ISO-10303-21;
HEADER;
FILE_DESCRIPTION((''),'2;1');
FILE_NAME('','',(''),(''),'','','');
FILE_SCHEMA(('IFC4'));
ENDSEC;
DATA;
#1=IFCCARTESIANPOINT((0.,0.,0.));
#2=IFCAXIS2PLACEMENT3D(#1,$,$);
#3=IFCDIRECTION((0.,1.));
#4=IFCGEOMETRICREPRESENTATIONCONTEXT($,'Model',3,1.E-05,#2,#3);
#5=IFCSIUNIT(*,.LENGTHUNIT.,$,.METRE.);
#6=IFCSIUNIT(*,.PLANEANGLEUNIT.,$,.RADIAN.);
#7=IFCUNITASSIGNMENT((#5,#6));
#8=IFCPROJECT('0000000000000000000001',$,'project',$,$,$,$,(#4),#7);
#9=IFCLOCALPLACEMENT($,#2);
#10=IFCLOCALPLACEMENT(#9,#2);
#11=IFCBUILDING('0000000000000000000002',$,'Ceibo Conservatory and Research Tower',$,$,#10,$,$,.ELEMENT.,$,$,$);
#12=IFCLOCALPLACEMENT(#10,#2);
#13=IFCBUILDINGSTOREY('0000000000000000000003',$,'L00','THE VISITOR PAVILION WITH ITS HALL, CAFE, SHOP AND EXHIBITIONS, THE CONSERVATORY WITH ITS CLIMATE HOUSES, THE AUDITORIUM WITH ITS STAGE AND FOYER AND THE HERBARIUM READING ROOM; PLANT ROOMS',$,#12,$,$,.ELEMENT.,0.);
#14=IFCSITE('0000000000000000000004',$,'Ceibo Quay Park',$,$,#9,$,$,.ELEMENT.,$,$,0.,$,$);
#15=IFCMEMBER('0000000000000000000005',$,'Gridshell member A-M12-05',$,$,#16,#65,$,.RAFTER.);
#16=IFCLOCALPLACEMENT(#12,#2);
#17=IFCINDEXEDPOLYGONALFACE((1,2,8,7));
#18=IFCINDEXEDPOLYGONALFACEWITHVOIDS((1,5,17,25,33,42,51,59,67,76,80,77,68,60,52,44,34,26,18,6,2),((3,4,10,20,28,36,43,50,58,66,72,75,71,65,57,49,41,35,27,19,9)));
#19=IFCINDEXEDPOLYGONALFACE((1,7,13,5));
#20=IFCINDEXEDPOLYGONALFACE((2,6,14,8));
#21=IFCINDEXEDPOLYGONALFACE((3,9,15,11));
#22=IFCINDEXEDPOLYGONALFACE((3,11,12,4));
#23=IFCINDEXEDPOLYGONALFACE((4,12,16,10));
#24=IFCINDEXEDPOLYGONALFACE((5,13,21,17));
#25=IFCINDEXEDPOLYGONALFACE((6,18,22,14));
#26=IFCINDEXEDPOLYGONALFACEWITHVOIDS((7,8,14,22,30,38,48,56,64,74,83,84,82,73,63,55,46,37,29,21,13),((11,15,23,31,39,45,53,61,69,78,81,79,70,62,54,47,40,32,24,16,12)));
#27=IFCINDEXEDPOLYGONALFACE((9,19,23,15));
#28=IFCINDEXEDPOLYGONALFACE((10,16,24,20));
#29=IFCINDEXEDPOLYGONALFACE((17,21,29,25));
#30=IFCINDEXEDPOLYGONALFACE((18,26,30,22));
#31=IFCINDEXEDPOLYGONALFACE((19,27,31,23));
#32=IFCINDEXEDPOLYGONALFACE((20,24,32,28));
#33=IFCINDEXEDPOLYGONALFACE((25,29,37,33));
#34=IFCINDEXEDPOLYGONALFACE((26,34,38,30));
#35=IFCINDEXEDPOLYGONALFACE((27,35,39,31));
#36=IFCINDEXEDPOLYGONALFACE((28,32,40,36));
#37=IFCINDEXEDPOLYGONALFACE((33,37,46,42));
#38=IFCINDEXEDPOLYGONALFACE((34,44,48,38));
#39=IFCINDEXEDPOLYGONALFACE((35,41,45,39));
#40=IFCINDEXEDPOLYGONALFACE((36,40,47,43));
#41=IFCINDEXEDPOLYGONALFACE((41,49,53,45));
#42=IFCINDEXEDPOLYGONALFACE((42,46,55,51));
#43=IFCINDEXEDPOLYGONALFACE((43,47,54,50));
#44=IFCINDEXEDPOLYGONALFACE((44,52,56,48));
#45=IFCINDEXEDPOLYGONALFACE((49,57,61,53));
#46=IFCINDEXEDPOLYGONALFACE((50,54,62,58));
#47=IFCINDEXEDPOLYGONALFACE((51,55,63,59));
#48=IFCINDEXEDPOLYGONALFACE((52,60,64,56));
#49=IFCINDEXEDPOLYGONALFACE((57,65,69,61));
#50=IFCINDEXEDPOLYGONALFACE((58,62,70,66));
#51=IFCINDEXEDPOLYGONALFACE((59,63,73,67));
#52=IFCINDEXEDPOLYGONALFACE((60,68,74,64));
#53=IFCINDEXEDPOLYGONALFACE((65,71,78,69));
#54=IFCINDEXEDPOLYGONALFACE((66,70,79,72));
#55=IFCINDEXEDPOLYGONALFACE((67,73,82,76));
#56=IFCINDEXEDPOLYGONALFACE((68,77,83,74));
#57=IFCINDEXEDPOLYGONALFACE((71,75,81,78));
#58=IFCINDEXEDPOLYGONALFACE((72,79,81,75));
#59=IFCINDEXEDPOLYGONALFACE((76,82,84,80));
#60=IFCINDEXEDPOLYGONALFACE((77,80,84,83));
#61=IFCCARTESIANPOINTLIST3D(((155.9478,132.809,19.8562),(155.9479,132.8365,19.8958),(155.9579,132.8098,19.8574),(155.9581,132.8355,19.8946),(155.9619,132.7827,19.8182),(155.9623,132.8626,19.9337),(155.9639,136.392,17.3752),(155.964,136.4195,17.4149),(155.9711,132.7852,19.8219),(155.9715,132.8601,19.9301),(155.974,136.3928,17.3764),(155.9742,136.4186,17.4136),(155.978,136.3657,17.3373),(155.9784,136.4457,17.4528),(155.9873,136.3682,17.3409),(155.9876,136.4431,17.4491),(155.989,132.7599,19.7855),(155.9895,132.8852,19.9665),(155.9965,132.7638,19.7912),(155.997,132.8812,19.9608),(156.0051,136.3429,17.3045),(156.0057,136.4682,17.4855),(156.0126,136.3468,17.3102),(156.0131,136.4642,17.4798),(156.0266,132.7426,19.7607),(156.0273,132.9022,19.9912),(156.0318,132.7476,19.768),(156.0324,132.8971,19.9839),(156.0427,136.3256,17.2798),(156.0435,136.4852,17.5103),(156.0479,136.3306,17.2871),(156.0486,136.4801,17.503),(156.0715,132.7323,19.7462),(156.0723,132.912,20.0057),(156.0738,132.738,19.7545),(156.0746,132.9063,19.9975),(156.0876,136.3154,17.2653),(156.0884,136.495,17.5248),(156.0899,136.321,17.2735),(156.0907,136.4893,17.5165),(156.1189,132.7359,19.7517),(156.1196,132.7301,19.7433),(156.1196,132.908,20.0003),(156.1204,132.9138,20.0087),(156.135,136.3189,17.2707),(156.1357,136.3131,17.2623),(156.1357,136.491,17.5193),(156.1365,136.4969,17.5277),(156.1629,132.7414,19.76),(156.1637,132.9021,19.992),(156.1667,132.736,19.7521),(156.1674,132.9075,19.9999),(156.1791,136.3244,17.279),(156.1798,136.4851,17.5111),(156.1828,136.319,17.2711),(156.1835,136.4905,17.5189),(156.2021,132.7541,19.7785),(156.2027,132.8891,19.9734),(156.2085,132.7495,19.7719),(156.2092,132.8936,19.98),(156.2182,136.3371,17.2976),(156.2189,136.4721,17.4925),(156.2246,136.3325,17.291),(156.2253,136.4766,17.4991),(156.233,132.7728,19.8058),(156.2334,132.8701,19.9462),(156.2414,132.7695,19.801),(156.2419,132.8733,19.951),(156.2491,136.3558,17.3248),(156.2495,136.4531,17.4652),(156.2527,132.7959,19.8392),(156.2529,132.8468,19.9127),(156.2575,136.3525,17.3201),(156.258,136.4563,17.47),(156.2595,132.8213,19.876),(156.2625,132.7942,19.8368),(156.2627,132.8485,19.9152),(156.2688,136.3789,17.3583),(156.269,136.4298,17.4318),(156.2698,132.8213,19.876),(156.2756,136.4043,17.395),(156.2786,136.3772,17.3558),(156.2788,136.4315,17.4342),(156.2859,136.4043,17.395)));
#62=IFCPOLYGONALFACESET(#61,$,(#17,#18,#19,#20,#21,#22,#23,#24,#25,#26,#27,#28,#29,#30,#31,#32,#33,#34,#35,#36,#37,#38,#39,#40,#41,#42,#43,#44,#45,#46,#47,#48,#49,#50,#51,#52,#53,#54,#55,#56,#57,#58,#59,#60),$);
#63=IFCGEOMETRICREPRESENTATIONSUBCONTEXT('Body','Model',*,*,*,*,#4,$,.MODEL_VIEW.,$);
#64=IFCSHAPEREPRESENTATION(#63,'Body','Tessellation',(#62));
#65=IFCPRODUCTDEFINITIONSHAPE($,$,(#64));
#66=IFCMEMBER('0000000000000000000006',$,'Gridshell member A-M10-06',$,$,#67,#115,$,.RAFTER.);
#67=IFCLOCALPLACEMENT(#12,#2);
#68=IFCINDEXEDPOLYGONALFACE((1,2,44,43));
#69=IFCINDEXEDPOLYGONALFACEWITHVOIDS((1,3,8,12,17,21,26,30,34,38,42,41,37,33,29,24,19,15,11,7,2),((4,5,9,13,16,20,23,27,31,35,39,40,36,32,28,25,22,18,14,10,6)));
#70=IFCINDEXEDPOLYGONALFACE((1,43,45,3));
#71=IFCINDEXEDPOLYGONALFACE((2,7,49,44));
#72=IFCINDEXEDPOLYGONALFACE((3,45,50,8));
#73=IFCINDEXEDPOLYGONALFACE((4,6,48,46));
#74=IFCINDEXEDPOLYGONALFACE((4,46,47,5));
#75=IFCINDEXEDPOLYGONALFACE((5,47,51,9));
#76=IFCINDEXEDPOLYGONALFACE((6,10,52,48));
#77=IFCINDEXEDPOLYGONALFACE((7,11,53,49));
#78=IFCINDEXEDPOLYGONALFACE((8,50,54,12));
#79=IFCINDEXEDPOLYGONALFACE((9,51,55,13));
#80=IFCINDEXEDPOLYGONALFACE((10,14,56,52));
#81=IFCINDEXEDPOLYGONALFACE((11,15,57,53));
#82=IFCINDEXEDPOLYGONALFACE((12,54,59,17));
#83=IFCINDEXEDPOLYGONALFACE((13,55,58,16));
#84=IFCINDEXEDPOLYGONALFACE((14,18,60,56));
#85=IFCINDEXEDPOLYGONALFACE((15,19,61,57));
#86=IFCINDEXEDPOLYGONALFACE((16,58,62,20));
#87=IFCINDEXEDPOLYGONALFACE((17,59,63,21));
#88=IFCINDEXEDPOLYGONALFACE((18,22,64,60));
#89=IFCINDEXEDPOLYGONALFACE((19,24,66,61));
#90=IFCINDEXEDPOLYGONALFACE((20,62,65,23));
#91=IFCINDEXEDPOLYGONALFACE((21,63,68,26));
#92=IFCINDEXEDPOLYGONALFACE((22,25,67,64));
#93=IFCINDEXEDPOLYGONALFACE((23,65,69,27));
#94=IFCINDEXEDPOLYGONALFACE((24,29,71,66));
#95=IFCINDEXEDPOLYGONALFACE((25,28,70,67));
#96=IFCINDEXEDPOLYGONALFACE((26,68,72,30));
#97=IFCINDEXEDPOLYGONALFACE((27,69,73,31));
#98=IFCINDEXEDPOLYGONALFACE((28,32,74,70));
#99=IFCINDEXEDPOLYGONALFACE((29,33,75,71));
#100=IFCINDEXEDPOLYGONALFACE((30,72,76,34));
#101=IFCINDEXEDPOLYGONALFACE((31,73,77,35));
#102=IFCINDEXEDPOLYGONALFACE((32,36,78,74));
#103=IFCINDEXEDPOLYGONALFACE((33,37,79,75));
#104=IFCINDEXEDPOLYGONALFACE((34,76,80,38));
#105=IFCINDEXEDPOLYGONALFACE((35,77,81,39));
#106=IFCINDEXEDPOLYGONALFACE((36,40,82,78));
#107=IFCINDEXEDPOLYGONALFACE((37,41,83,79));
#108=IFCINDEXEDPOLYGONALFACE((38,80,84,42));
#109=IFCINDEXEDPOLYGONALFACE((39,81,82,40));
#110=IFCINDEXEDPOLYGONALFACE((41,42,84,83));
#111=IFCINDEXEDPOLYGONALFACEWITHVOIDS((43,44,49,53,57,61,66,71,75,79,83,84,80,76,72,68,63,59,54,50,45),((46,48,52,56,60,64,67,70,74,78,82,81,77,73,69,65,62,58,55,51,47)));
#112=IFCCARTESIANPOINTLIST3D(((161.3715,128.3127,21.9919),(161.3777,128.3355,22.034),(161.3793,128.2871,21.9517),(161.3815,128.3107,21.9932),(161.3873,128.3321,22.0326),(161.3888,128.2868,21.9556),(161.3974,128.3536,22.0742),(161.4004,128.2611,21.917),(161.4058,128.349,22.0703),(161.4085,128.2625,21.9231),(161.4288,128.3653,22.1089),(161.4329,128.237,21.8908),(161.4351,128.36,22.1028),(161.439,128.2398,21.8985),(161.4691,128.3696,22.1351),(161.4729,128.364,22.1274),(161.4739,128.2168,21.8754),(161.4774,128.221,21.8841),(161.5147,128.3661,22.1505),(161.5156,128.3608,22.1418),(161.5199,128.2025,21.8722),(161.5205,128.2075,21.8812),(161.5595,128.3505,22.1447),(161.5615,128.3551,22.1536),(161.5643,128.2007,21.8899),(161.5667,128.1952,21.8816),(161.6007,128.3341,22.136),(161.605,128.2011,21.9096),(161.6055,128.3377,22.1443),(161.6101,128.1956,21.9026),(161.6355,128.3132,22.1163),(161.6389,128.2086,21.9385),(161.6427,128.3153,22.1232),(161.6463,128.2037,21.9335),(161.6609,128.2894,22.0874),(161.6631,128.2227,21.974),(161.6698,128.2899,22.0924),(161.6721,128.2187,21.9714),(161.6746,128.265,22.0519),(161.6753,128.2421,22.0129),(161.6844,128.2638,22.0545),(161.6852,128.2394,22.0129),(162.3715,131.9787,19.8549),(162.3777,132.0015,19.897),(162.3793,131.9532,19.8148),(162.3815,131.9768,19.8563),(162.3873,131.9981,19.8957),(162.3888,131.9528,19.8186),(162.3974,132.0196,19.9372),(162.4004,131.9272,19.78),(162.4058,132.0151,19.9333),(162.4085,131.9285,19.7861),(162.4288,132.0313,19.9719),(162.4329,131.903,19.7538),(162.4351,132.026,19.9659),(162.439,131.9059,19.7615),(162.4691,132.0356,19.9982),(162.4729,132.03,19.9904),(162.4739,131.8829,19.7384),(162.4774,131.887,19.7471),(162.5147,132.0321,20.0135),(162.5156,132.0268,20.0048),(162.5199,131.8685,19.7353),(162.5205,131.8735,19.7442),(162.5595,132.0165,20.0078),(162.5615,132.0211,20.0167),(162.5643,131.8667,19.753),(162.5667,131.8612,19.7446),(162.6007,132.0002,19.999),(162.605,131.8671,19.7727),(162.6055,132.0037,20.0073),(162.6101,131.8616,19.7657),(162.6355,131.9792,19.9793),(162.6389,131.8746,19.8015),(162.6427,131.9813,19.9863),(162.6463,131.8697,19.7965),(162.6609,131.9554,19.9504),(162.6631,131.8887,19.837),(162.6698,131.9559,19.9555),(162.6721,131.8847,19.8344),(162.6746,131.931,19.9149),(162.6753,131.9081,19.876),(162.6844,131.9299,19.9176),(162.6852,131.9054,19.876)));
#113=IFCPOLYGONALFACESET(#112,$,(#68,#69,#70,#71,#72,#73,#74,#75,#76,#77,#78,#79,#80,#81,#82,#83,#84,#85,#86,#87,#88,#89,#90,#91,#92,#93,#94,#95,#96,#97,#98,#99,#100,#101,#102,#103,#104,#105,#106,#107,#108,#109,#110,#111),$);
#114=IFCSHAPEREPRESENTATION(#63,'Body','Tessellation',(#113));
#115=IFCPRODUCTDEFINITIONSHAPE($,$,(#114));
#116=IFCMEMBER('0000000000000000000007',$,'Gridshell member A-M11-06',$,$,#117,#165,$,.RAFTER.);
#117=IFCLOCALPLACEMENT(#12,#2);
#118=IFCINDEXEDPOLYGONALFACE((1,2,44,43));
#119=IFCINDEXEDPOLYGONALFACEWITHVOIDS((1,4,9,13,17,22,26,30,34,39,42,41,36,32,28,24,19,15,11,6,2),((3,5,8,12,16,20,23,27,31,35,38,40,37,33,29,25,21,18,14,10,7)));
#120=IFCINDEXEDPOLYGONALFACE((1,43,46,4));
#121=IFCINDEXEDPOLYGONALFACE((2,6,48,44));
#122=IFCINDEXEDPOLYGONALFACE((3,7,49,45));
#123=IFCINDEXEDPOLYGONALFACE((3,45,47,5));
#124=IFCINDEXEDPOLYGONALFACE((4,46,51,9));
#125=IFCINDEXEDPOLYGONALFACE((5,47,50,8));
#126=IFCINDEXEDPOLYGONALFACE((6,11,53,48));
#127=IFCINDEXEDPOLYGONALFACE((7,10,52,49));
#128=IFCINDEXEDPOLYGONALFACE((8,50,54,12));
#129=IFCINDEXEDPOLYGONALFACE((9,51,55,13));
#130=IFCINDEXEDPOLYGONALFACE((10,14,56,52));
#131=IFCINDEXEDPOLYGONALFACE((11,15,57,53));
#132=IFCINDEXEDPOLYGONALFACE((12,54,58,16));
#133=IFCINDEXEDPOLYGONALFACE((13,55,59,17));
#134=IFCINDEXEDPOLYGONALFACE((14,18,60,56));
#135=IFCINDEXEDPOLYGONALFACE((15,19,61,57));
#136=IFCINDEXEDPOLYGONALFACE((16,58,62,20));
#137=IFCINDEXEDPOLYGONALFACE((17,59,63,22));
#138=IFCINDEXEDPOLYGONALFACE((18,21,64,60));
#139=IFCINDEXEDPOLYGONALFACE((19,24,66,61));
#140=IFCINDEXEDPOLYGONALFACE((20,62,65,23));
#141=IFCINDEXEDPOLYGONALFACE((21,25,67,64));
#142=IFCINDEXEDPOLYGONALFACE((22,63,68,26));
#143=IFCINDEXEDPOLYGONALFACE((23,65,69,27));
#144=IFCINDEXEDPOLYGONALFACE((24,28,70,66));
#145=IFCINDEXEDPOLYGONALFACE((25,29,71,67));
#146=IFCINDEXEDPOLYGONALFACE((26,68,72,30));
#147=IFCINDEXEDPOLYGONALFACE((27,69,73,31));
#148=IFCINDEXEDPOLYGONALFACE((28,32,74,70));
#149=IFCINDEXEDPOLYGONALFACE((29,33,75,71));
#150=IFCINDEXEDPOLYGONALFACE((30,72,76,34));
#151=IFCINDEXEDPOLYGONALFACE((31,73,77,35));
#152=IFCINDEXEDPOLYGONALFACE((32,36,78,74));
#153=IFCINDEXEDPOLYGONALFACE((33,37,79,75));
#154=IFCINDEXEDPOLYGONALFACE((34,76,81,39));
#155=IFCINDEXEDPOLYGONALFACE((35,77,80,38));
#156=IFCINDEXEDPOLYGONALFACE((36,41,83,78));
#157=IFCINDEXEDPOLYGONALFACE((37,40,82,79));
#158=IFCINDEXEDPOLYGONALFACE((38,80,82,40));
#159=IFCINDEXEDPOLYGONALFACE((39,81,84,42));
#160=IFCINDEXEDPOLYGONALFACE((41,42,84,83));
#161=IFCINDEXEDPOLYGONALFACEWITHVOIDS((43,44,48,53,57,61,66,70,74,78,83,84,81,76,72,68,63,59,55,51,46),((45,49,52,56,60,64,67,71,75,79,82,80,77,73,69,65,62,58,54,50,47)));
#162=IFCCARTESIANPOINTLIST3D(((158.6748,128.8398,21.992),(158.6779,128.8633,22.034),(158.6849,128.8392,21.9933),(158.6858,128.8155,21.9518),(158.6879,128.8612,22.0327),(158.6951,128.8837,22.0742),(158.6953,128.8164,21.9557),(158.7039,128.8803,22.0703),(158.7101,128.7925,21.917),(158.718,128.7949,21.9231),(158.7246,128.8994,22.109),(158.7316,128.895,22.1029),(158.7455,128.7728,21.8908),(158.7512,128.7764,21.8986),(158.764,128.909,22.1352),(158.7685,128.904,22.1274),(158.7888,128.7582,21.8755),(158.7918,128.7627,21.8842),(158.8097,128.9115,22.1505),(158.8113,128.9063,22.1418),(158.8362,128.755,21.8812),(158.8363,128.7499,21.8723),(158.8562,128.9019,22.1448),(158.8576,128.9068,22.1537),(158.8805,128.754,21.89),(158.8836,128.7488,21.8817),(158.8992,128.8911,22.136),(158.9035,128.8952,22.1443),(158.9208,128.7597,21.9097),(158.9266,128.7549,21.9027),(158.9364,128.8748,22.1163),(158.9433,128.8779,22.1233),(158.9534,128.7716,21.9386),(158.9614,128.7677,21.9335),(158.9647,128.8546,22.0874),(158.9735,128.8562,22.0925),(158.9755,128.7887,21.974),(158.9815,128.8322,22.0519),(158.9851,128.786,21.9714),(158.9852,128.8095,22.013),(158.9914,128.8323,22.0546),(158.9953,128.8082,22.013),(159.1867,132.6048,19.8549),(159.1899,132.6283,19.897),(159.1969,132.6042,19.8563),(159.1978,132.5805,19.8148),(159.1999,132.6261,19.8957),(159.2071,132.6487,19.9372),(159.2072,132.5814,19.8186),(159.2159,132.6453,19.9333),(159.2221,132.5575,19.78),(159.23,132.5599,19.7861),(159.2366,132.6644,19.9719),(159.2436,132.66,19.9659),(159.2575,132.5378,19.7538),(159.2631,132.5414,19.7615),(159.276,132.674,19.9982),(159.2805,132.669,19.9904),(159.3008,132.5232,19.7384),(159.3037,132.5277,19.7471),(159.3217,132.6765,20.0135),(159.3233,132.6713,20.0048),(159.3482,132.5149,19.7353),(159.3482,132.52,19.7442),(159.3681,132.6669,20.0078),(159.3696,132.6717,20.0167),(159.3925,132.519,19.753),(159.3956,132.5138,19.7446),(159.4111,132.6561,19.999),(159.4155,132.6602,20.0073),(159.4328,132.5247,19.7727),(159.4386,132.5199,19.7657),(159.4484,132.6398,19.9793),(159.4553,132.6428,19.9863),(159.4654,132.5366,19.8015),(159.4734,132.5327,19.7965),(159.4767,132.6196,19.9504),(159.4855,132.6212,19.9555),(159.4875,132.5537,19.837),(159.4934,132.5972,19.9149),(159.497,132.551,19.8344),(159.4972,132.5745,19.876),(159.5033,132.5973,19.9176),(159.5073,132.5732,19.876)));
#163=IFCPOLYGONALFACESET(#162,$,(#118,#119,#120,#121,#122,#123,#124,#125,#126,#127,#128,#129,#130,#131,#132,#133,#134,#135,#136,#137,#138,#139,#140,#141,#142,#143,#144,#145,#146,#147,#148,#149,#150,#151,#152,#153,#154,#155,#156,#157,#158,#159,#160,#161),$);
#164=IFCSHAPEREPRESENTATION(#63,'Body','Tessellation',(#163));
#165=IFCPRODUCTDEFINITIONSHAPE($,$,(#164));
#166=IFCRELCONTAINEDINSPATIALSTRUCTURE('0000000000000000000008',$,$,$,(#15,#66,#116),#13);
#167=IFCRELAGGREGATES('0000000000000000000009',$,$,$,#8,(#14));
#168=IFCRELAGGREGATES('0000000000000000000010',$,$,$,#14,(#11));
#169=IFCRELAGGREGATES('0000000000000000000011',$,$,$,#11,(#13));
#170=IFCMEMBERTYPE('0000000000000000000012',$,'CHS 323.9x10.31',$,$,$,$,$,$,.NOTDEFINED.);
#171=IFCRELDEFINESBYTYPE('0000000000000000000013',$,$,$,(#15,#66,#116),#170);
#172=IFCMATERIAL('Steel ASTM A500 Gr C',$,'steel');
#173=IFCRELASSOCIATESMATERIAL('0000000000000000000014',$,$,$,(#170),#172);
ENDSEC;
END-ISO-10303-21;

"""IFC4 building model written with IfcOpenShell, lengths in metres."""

from ifc_helpers import new_model, si_unit, direction, frame, origin, origin_2d, place, context, subcontext, project, spatial, hollow_circle, extrude, material, material_profile, profile_set, type_object, element, save


model = new_model("IFC4")

# Units and contexts
model_context = context("Model", 3, precision=1e-05, world=origin(), true_north=direction((0.0, 1.0)))
body_context = subcontext(model_context, "Body", "Model", "MODEL_VIEW")
ifc_project = project(units=[si_unit("LENGTHUNIT", "METRE"), si_unit("PLANEANGLEUNIT", "RADIAN")], contexts=[model_context])

# Site, building, storey
site_placement = place(None, origin())
site = spatial("IfcSite", under=ifc_project, at=site_placement, Name="Ceibo Quay Park", CompositionType="ELEMENT", RefElevation=0.0)
building_placement = place(site_placement, origin())
building = spatial("IfcBuilding", under=site, at=building_placement, Name="Ceibo Conservatory and Research Tower", CompositionType="ELEMENT")
storey_placement = place(building_placement, origin())
storey = spatial("IfcBuildingStorey", under=building, at=storey_placement, Name="L00", Description="THE VISITOR PAVILION WITH ITS HALL, CAFE, SHOP AND EXHIBITIONS, THE CONSERVATORY WITH ITS CLIMATE HOUSES, THE AUDITORIUM WITH ITS STAGE AND FOYER AND THE HERBARIUM READING ROOM; PLANT ROOMS", CompositionType="ELEMENT", Elevation=0.0)

# Members
ifc_material_1 = material(Name="Steel ASTM A500 Gr C", Category="steel")
ifc_material_profile_1 = material_profile(ifc_material_1, hollow_circle(Radius=0.1619, WallThickness=0.0103, at=origin_2d()), Name="CHS 323.9x10.31")
ifc_profile_set_1 = profile_set([ifc_material_profile_1], Name="Steel ASTM A500 Gr C")
member_type_1 = type_object("IfcMemberType", Name="CHS 323.9x10.31", PredefinedType="NOTDEFINED", material=ifc_profile_set_1)
member_1_placement = place(storey_placement, frame((156.124, 136.405, 17.395), z_axis=(-0.003697, -0.822142, 0.56927), x_axis=(0.99999, -0.004497, 0.0)))
element("IfcMember", 1, at=member_1_placement, inside=storey, type_object=member_type_1, Name="Gridshell member A-M12-05", PredefinedType="RAFTER", context=body_context, shape_type="SweptSolid", body=[
    extrude(hollow_circle(Radius=0.1619, WallThickness=0.0103, at=origin_2d()), origin(), (0.0, 0.0, 1.0), 4.3582),
])
member_2_placement = place(storey_placement, frame((162.5291, 131.948, 19.876), z_axis=(-0.229378, -0.840903, 0.490172), x_axis=(0.964752, -0.263161, 0.0)))
element("IfcMember", 2, at=member_2_placement, inside=storey, type_object=member_type_1, Name="Gridshell member A-M10-06", PredefinedType="RAFTER", context=body_context, shape_type="SweptSolid", body=[
    extrude(hollow_circle(Radius=0.1619, WallThickness=0.0103, at=origin_2d()), origin(), (0.0, 0.0, 1.0), 4.3596),
])
member_3_placement = place(storey_placement, frame((159.3469, 132.595, 19.876), z_axis=(-0.117443, -0.863654, 0.490213), x_axis=(0.990881, -0.134743, 0.0)))
element("IfcMember", 3, at=member_3_placement, inside=storey, type_object=member_type_1, Name="Gridshell member A-M11-06", PredefinedType="RAFTER", context=body_context, shape_type="SweptSolid", body=[
    extrude(hollow_circle(Radius=0.1619, WallThickness=0.0103, at=origin_2d()), origin(), (0.0, 0.0, 1.0), 4.3594),
])

save(model, "model.ifc")
